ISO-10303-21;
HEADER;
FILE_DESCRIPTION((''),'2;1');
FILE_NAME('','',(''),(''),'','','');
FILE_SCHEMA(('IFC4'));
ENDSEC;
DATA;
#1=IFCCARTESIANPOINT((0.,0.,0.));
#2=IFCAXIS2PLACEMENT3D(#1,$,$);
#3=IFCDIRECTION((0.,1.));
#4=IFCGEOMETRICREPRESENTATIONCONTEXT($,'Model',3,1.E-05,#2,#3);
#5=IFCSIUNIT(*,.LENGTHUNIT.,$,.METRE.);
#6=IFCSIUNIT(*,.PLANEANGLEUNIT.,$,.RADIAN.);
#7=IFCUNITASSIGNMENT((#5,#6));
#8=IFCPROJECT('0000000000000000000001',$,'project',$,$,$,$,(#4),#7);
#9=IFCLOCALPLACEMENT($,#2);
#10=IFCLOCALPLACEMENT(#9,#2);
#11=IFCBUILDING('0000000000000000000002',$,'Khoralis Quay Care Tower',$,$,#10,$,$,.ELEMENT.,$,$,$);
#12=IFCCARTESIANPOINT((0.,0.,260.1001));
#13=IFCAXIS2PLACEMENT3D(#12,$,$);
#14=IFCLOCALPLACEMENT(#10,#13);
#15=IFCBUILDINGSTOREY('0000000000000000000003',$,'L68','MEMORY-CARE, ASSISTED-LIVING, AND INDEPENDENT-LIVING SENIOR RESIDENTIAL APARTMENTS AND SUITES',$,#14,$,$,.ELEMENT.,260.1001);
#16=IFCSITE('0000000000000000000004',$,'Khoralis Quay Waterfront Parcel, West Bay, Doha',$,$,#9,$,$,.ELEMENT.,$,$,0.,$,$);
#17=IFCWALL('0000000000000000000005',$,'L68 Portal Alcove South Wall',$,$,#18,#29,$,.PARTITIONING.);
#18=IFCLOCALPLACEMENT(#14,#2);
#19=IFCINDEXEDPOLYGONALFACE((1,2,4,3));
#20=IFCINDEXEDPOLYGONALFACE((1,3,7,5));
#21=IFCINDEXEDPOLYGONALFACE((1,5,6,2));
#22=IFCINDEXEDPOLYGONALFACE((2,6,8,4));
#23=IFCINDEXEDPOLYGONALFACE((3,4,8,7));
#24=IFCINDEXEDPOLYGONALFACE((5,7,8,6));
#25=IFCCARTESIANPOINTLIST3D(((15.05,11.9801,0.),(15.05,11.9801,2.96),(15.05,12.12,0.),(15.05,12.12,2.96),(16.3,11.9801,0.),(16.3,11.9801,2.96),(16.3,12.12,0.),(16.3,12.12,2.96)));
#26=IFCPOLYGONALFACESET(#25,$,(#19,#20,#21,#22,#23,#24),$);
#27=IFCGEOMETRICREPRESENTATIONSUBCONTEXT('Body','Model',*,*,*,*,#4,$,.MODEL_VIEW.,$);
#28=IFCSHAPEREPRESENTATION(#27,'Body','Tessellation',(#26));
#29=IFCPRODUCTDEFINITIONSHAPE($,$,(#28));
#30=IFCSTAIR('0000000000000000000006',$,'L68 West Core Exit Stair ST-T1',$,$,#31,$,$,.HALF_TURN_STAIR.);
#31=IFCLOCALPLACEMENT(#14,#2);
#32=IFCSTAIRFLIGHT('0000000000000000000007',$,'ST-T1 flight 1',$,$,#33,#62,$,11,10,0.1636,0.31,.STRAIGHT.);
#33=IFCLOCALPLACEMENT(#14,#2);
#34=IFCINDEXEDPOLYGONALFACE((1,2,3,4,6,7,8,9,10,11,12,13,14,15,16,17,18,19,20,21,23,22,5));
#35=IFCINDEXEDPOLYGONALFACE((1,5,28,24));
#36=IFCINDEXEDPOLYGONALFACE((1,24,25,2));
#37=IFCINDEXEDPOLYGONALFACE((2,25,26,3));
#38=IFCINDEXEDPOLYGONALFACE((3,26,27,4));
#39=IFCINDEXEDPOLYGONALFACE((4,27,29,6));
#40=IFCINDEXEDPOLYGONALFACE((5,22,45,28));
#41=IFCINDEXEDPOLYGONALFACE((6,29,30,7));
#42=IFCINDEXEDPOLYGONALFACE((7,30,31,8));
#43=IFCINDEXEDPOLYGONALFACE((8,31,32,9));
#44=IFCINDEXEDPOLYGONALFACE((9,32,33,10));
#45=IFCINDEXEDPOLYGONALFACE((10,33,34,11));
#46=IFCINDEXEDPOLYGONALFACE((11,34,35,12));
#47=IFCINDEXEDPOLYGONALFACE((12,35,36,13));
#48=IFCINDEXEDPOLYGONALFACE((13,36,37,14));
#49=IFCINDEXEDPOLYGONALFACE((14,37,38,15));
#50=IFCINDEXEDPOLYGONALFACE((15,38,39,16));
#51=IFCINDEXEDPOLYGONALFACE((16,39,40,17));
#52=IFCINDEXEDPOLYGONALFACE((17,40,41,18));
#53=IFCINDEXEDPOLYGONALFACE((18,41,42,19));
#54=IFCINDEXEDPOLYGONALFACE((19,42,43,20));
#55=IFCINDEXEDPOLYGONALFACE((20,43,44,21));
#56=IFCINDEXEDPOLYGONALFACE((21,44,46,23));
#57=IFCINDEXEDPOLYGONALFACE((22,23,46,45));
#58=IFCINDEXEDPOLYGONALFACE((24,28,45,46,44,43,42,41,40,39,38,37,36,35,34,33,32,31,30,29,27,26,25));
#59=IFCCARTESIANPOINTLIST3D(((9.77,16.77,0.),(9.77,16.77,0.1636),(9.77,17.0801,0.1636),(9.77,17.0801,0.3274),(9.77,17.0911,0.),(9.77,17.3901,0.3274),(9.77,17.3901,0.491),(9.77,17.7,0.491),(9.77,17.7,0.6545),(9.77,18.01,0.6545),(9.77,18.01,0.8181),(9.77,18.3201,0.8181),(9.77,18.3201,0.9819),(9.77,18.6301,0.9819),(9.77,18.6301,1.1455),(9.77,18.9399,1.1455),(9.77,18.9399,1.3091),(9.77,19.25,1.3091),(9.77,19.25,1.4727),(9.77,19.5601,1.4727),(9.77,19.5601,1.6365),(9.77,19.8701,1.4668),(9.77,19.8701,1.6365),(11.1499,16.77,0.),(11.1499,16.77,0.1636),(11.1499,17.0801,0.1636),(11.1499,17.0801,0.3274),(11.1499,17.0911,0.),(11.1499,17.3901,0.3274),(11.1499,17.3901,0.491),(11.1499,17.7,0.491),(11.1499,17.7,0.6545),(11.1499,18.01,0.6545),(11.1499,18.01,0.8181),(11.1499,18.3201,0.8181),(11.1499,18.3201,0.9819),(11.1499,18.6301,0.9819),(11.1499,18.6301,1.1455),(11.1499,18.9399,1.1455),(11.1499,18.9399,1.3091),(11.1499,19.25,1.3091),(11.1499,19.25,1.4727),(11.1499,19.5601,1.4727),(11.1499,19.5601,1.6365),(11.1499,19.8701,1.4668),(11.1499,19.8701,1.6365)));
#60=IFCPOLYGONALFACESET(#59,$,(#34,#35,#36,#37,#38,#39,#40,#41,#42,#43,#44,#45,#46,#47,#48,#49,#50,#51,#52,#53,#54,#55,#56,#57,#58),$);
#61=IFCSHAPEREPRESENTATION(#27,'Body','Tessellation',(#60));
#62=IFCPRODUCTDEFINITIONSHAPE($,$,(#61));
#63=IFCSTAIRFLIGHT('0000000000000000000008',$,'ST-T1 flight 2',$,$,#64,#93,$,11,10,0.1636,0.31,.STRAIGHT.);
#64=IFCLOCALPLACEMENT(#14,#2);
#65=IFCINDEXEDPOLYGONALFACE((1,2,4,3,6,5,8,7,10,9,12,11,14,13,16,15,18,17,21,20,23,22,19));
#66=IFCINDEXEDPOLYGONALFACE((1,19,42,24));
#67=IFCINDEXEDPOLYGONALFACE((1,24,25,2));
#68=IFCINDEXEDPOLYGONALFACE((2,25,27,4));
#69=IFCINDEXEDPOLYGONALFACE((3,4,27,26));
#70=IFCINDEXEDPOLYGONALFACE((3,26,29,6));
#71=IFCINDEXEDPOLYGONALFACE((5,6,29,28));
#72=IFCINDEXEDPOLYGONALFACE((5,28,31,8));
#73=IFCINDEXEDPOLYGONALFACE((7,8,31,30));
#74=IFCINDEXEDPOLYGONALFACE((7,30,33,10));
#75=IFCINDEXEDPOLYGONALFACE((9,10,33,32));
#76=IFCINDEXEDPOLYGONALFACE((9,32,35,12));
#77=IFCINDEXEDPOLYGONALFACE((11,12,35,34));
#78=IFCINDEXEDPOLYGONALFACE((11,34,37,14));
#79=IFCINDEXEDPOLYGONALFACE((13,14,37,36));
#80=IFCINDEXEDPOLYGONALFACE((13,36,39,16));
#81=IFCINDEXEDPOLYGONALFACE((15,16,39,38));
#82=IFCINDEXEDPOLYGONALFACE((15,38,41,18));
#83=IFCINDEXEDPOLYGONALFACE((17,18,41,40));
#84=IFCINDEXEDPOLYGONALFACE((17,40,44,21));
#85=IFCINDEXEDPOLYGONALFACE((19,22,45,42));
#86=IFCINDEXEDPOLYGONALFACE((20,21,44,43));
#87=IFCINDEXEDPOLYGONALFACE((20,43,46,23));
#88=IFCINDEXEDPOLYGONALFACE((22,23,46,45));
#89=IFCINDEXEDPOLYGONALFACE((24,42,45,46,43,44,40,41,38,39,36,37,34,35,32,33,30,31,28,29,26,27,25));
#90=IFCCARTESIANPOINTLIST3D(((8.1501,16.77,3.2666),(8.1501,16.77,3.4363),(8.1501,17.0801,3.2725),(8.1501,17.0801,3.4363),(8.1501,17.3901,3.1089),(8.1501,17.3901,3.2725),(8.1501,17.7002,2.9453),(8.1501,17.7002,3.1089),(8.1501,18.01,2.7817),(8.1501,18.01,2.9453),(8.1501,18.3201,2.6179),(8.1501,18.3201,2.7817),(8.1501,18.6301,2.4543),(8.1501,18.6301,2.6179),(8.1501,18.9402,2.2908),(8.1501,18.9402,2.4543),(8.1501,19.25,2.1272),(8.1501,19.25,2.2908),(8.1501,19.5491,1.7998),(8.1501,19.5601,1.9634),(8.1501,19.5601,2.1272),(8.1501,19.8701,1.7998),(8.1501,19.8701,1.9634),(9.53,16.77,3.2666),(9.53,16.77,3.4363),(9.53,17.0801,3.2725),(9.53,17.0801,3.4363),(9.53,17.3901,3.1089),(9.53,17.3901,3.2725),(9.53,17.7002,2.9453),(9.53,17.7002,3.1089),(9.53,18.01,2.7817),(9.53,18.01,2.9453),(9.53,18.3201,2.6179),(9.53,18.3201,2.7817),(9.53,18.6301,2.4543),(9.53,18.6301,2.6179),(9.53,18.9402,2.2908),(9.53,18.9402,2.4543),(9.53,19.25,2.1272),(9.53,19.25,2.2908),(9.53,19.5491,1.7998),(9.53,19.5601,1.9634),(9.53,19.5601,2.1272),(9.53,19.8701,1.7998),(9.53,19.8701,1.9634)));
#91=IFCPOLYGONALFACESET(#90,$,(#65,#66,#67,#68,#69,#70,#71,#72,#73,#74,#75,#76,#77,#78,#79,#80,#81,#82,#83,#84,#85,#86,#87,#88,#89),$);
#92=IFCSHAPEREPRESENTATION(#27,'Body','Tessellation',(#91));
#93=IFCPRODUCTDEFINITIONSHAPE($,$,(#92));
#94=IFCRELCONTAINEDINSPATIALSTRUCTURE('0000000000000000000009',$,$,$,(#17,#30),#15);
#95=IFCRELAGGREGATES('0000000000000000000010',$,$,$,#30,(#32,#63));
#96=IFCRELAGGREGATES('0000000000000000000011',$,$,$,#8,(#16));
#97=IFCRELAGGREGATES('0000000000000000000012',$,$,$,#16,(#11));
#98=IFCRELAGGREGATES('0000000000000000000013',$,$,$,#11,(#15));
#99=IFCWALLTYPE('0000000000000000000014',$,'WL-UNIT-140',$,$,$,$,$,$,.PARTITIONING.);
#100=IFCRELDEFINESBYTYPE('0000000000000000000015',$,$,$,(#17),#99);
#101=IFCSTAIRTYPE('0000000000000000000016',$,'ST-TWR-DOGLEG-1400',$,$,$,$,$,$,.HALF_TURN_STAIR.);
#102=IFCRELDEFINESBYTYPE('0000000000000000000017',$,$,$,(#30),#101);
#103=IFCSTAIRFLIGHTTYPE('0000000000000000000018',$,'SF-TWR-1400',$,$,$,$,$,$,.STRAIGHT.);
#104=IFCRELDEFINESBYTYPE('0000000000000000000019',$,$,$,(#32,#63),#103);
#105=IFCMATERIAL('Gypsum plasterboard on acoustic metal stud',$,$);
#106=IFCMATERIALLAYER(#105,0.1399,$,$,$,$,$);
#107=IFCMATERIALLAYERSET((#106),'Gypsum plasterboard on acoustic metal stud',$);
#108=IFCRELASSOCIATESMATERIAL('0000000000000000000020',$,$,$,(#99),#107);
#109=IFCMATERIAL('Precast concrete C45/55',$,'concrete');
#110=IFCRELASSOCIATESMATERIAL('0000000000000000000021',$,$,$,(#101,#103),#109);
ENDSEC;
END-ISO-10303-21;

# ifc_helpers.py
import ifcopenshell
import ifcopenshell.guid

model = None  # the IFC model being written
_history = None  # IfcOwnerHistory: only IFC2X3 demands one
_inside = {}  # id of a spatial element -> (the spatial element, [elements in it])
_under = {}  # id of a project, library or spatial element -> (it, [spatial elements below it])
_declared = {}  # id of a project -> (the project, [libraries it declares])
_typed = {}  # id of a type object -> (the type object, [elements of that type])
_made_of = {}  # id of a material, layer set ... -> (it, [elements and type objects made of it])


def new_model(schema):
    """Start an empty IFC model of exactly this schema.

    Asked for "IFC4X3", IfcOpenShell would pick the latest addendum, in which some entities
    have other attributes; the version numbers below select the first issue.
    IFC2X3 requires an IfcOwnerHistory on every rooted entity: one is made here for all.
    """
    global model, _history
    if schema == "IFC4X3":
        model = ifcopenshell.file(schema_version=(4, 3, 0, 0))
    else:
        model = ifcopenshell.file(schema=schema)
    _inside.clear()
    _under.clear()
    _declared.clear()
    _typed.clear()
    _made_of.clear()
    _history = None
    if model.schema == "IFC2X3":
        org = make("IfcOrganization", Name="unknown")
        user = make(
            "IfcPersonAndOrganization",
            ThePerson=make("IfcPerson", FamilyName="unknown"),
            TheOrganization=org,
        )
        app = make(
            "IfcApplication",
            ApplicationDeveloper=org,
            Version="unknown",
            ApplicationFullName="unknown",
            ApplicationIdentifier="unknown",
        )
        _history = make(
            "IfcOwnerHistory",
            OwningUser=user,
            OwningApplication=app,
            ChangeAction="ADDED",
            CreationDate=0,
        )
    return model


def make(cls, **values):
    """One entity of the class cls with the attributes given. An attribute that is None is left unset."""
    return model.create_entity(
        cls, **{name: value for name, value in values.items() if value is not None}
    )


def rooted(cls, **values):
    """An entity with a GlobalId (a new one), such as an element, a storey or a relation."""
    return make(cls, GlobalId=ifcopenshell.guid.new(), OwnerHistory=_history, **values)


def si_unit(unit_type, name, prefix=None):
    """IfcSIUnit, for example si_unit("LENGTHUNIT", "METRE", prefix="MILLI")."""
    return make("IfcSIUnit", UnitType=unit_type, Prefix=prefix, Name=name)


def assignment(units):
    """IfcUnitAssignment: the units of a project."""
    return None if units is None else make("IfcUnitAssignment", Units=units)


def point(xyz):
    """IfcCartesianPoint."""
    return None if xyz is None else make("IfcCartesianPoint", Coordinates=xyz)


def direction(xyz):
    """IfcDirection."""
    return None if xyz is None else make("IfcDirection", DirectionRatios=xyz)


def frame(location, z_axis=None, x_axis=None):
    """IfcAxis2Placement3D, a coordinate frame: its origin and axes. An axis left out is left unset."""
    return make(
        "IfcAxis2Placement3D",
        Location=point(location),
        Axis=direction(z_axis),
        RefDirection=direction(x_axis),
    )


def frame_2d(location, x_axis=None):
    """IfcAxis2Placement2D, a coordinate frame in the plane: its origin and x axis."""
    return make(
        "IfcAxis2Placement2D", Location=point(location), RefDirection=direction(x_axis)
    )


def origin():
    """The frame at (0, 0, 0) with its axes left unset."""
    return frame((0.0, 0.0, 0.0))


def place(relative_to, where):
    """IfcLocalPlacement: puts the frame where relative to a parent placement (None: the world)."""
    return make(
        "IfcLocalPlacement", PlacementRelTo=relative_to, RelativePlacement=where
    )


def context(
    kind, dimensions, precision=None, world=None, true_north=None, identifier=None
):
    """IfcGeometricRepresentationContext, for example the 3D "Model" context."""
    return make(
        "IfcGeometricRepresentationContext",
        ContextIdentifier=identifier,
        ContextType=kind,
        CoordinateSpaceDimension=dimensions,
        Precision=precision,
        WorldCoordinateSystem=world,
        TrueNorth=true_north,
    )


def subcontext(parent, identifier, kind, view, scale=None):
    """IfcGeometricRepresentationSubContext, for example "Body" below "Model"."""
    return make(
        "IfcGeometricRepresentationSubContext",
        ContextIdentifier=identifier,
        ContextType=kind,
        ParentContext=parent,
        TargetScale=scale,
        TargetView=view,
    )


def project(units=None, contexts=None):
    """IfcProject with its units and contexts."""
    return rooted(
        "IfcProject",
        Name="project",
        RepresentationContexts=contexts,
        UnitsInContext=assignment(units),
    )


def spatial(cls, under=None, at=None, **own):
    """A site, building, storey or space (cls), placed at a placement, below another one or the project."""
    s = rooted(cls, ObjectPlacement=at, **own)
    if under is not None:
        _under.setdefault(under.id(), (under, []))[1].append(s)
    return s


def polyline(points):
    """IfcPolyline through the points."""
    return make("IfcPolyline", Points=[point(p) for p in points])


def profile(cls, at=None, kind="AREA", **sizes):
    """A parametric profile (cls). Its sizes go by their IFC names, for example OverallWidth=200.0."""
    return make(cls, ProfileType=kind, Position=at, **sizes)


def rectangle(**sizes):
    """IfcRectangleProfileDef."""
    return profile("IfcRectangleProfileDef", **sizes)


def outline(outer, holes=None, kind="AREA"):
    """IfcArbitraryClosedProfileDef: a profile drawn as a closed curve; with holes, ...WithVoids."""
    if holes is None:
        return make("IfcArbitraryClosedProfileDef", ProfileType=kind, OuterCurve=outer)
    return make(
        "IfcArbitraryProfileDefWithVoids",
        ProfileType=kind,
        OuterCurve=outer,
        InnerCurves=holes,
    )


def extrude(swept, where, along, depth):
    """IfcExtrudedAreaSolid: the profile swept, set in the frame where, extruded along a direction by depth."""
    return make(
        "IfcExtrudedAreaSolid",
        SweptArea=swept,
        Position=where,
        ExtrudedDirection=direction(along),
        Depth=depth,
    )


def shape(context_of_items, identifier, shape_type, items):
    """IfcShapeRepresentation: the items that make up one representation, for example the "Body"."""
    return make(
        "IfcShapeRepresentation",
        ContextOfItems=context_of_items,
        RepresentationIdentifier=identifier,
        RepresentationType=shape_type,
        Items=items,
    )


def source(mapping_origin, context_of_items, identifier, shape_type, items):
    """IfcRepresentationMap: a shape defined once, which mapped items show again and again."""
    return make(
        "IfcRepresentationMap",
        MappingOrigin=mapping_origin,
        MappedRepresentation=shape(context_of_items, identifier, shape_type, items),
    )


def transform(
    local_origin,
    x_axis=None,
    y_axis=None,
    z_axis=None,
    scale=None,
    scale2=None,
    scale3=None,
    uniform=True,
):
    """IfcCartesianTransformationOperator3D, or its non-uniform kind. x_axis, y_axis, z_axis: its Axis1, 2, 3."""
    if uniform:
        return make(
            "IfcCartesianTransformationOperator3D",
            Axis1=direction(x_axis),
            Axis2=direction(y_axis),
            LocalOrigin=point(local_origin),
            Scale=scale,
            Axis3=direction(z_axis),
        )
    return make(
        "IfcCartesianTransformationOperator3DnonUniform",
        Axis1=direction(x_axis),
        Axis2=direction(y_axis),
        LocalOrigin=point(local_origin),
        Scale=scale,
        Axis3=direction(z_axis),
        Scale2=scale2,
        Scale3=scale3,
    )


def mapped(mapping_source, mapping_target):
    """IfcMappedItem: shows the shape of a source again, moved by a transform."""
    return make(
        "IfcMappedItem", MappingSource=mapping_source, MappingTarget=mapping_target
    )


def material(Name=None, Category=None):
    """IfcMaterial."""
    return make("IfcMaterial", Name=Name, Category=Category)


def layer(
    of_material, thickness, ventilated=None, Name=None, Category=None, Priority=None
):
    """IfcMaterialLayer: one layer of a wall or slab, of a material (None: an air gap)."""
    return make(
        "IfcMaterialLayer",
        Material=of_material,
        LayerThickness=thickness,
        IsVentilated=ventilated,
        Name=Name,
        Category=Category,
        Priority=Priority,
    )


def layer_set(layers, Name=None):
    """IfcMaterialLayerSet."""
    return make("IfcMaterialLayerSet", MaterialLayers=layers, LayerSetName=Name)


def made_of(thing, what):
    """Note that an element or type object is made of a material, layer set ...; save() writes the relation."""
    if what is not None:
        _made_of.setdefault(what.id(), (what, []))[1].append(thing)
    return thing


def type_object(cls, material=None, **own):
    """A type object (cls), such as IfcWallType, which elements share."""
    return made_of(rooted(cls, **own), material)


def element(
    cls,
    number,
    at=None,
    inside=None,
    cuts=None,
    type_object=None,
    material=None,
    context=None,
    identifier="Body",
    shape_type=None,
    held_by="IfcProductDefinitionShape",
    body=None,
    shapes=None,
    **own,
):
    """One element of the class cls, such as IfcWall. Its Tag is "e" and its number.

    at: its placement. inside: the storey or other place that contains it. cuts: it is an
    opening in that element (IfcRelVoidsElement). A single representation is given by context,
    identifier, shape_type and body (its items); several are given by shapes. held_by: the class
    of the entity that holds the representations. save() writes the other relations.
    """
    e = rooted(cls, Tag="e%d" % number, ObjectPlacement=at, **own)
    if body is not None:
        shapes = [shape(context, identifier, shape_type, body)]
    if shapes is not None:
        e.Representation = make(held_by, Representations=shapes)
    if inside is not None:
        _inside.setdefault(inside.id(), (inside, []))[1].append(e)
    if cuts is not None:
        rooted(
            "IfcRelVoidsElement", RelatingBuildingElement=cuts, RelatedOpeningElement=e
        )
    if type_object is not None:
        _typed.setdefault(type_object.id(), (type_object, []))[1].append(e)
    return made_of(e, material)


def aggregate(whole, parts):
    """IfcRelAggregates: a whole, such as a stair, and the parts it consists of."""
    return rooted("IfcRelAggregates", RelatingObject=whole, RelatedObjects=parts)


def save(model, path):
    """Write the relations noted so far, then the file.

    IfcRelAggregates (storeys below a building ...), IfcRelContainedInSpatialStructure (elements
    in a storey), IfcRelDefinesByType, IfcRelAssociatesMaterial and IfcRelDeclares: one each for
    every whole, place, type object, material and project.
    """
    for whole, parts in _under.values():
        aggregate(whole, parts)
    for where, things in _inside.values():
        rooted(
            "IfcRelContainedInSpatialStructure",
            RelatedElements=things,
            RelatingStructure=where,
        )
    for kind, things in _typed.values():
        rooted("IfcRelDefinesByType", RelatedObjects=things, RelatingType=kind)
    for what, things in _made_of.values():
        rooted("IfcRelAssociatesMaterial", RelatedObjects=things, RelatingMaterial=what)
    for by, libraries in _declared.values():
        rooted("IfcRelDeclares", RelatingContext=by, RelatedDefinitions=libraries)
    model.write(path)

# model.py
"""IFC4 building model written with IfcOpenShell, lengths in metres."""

from ifc_helpers import new_model, si_unit, direction, frame, frame_2d, origin, place, context, subcontext, project, spatial, polyline, rectangle, outline, extrude, source, transform, mapped, material, layer, layer_set, type_object, element, aggregate, save


model = new_model("IFC4")

# Units and contexts
model_context = context("Model", 3, precision=1e-05, world=origin(), true_north=direction((0.0, 1.0)))
body_context = subcontext(model_context, "Body", "Model", "MODEL_VIEW")
ifc_project = project(units=[si_unit("LENGTHUNIT", "METRE"), si_unit("PLANEANGLEUNIT", "RADIAN")], contexts=[model_context])

# Site, building, storey
site_placement = place(None, origin())
site = spatial("IfcSite", under=ifc_project, at=site_placement, Name="Khoralis Quay Waterfront Parcel, West Bay, Doha", CompositionType="ELEMENT", RefElevation=0.0)
building_placement = place(site_placement, origin())
building = spatial("IfcBuilding", under=site, at=building_placement, Name="Khoralis Quay Care Tower", CompositionType="ELEMENT")
storey_placement = place(building_placement, frame((0.0, 0.0, 260.1001)))
storey = spatial("IfcBuildingStorey", under=building, at=storey_placement, Name="L68", Description="MEMORY-CARE, ASSISTED-LIVING, AND INDEPENDENT-LIVING SENIOR RESIDENTIAL APARTMENTS AND SUITES", CompositionType="ELEMENT", Elevation=260.1001)

# Shared definitions
ifc_material_1 = material(Name="Gypsum plasterboard on acoustic metal stud")

# Wall
ifc_layer_1 = layer(ifc_material_1, 0.1399)
ifc_layer_set_1 = layer_set([ifc_layer_1], Name="Gypsum plasterboard on acoustic metal stud")
wall_type_1 = type_object("IfcWallType", Name="WL-UNIT-140", PredefinedType="PARTITIONING", material=ifc_layer_set_1)
wall_1_placement = place(storey_placement, frame((15.05, 12.05, 0.0), z_axis=(0.0, 0.0, 1.0), x_axis=(1.0, 0.0, 0.0)))
element("IfcWall", 1, at=wall_1_placement, inside=storey, type_object=wall_type_1, Name="L68 Portal Alcove South Wall", PredefinedType="PARTITIONING", context=body_context, shape_type="SweptSolid", body=[
    extrude(rectangle(XDim=1.25, YDim=0.1399, at=frame_2d((0.625, 0.0))), origin(), (0.0, 0.0, 1.0), 2.96),
])

# Stair, stair flights
ifc_material_2 = material(Name="Precast concrete C45/55", Category="concrete")
stair_type = type_object("IfcStairType", Name="ST-TWR-DOGLEG-1400", PredefinedType="HALF_TURN_STAIR", material=ifc_material_2)
stair_placement = place(storey_placement, origin())
stair = element("IfcStair", 2, at=stair_placement, inside=storey, type_object=stair_type, Name="L68 West Core Exit Stair ST-T1", PredefinedType="HALF_TURN_STAIR")
stair_flight_type = type_object("IfcStairFlightType", Name="SF-TWR-1400", PredefinedType="STRAIGHT", material=ifc_material_2)
shared_shape_1 = source(origin(), body_context, "Body", "SweptSolid", [
    extrude(outline(polyline([(0.0, 0.0), (0.0, 0.1636), (0.3101, 0.1636), (0.3101, 0.3274), (0.6201, 0.3274), (0.6201, 0.491), (0.9299, 0.491), (0.9299, 0.6545), (1.24, 0.6545), (1.24, 0.8181), (1.55, 0.8181), (1.55, 0.9819), (1.8601, 0.9819), (1.8601, 1.1455), (2.1699, 1.1455), (2.1699, 1.3091), (2.48, 1.3091), (2.48, 1.4727), (2.79, 1.4727), (2.79, 1.6365), (3.1001, 1.6365), (3.1001, 1.8), (3.1001, 1.4668), (0.321, 0.0), (0.0, 0.0)])), frame((0.0, 0.6899, 0.0), z_axis=(0.0, -1.0, 0.0), x_axis=(1.0, 0.0, 0.0)), (0.0, 0.0, 1.0), 1.3799),
])
stair_flight_1_placement = place(storey_placement, frame((10.46, 16.77, 0.0), z_axis=(0.0, 0.0, 1.0), x_axis=(0.0, 1.0, 0.0)))
stair_flight_1 = element("IfcStairFlight", 3, at=stair_flight_1_placement, type_object=stair_flight_type, Name="ST-T1 flight 1", NumberOfRisers=11, NumberOfTreads=10, PredefinedType="STRAIGHT", RiserHeight=0.1636, TreadLength=0.31, context=body_context, shape_type="MappedRepresentation", body=[
    mapped(shared_shape_1, transform((0.0, 0.0, 0.0), scale=1.0)),
])
stair_flight_2_placement = place(storey_placement, frame((8.8401, 19.8701, 1.7998), z_axis=(0.0, 0.0, 1.0), x_axis=(0.0, -1.0, 0.0)))
stair_flight_2 = element("IfcStairFlight", 4, at=stair_flight_2_placement, type_object=stair_flight_type, Name="ST-T1 flight 2", NumberOfRisers=11, NumberOfTreads=10, PredefinedType="STRAIGHT", RiserHeight=0.1636, TreadLength=0.31, context=body_context, shape_type="MappedRepresentation", body=[
    mapped(shared_shape_1, transform((0.0, 0.0, 0.0), scale=1.0)),
])
aggregate(stair, [stair_flight_1, stair_flight_2])

save(model, "model.ifc")
